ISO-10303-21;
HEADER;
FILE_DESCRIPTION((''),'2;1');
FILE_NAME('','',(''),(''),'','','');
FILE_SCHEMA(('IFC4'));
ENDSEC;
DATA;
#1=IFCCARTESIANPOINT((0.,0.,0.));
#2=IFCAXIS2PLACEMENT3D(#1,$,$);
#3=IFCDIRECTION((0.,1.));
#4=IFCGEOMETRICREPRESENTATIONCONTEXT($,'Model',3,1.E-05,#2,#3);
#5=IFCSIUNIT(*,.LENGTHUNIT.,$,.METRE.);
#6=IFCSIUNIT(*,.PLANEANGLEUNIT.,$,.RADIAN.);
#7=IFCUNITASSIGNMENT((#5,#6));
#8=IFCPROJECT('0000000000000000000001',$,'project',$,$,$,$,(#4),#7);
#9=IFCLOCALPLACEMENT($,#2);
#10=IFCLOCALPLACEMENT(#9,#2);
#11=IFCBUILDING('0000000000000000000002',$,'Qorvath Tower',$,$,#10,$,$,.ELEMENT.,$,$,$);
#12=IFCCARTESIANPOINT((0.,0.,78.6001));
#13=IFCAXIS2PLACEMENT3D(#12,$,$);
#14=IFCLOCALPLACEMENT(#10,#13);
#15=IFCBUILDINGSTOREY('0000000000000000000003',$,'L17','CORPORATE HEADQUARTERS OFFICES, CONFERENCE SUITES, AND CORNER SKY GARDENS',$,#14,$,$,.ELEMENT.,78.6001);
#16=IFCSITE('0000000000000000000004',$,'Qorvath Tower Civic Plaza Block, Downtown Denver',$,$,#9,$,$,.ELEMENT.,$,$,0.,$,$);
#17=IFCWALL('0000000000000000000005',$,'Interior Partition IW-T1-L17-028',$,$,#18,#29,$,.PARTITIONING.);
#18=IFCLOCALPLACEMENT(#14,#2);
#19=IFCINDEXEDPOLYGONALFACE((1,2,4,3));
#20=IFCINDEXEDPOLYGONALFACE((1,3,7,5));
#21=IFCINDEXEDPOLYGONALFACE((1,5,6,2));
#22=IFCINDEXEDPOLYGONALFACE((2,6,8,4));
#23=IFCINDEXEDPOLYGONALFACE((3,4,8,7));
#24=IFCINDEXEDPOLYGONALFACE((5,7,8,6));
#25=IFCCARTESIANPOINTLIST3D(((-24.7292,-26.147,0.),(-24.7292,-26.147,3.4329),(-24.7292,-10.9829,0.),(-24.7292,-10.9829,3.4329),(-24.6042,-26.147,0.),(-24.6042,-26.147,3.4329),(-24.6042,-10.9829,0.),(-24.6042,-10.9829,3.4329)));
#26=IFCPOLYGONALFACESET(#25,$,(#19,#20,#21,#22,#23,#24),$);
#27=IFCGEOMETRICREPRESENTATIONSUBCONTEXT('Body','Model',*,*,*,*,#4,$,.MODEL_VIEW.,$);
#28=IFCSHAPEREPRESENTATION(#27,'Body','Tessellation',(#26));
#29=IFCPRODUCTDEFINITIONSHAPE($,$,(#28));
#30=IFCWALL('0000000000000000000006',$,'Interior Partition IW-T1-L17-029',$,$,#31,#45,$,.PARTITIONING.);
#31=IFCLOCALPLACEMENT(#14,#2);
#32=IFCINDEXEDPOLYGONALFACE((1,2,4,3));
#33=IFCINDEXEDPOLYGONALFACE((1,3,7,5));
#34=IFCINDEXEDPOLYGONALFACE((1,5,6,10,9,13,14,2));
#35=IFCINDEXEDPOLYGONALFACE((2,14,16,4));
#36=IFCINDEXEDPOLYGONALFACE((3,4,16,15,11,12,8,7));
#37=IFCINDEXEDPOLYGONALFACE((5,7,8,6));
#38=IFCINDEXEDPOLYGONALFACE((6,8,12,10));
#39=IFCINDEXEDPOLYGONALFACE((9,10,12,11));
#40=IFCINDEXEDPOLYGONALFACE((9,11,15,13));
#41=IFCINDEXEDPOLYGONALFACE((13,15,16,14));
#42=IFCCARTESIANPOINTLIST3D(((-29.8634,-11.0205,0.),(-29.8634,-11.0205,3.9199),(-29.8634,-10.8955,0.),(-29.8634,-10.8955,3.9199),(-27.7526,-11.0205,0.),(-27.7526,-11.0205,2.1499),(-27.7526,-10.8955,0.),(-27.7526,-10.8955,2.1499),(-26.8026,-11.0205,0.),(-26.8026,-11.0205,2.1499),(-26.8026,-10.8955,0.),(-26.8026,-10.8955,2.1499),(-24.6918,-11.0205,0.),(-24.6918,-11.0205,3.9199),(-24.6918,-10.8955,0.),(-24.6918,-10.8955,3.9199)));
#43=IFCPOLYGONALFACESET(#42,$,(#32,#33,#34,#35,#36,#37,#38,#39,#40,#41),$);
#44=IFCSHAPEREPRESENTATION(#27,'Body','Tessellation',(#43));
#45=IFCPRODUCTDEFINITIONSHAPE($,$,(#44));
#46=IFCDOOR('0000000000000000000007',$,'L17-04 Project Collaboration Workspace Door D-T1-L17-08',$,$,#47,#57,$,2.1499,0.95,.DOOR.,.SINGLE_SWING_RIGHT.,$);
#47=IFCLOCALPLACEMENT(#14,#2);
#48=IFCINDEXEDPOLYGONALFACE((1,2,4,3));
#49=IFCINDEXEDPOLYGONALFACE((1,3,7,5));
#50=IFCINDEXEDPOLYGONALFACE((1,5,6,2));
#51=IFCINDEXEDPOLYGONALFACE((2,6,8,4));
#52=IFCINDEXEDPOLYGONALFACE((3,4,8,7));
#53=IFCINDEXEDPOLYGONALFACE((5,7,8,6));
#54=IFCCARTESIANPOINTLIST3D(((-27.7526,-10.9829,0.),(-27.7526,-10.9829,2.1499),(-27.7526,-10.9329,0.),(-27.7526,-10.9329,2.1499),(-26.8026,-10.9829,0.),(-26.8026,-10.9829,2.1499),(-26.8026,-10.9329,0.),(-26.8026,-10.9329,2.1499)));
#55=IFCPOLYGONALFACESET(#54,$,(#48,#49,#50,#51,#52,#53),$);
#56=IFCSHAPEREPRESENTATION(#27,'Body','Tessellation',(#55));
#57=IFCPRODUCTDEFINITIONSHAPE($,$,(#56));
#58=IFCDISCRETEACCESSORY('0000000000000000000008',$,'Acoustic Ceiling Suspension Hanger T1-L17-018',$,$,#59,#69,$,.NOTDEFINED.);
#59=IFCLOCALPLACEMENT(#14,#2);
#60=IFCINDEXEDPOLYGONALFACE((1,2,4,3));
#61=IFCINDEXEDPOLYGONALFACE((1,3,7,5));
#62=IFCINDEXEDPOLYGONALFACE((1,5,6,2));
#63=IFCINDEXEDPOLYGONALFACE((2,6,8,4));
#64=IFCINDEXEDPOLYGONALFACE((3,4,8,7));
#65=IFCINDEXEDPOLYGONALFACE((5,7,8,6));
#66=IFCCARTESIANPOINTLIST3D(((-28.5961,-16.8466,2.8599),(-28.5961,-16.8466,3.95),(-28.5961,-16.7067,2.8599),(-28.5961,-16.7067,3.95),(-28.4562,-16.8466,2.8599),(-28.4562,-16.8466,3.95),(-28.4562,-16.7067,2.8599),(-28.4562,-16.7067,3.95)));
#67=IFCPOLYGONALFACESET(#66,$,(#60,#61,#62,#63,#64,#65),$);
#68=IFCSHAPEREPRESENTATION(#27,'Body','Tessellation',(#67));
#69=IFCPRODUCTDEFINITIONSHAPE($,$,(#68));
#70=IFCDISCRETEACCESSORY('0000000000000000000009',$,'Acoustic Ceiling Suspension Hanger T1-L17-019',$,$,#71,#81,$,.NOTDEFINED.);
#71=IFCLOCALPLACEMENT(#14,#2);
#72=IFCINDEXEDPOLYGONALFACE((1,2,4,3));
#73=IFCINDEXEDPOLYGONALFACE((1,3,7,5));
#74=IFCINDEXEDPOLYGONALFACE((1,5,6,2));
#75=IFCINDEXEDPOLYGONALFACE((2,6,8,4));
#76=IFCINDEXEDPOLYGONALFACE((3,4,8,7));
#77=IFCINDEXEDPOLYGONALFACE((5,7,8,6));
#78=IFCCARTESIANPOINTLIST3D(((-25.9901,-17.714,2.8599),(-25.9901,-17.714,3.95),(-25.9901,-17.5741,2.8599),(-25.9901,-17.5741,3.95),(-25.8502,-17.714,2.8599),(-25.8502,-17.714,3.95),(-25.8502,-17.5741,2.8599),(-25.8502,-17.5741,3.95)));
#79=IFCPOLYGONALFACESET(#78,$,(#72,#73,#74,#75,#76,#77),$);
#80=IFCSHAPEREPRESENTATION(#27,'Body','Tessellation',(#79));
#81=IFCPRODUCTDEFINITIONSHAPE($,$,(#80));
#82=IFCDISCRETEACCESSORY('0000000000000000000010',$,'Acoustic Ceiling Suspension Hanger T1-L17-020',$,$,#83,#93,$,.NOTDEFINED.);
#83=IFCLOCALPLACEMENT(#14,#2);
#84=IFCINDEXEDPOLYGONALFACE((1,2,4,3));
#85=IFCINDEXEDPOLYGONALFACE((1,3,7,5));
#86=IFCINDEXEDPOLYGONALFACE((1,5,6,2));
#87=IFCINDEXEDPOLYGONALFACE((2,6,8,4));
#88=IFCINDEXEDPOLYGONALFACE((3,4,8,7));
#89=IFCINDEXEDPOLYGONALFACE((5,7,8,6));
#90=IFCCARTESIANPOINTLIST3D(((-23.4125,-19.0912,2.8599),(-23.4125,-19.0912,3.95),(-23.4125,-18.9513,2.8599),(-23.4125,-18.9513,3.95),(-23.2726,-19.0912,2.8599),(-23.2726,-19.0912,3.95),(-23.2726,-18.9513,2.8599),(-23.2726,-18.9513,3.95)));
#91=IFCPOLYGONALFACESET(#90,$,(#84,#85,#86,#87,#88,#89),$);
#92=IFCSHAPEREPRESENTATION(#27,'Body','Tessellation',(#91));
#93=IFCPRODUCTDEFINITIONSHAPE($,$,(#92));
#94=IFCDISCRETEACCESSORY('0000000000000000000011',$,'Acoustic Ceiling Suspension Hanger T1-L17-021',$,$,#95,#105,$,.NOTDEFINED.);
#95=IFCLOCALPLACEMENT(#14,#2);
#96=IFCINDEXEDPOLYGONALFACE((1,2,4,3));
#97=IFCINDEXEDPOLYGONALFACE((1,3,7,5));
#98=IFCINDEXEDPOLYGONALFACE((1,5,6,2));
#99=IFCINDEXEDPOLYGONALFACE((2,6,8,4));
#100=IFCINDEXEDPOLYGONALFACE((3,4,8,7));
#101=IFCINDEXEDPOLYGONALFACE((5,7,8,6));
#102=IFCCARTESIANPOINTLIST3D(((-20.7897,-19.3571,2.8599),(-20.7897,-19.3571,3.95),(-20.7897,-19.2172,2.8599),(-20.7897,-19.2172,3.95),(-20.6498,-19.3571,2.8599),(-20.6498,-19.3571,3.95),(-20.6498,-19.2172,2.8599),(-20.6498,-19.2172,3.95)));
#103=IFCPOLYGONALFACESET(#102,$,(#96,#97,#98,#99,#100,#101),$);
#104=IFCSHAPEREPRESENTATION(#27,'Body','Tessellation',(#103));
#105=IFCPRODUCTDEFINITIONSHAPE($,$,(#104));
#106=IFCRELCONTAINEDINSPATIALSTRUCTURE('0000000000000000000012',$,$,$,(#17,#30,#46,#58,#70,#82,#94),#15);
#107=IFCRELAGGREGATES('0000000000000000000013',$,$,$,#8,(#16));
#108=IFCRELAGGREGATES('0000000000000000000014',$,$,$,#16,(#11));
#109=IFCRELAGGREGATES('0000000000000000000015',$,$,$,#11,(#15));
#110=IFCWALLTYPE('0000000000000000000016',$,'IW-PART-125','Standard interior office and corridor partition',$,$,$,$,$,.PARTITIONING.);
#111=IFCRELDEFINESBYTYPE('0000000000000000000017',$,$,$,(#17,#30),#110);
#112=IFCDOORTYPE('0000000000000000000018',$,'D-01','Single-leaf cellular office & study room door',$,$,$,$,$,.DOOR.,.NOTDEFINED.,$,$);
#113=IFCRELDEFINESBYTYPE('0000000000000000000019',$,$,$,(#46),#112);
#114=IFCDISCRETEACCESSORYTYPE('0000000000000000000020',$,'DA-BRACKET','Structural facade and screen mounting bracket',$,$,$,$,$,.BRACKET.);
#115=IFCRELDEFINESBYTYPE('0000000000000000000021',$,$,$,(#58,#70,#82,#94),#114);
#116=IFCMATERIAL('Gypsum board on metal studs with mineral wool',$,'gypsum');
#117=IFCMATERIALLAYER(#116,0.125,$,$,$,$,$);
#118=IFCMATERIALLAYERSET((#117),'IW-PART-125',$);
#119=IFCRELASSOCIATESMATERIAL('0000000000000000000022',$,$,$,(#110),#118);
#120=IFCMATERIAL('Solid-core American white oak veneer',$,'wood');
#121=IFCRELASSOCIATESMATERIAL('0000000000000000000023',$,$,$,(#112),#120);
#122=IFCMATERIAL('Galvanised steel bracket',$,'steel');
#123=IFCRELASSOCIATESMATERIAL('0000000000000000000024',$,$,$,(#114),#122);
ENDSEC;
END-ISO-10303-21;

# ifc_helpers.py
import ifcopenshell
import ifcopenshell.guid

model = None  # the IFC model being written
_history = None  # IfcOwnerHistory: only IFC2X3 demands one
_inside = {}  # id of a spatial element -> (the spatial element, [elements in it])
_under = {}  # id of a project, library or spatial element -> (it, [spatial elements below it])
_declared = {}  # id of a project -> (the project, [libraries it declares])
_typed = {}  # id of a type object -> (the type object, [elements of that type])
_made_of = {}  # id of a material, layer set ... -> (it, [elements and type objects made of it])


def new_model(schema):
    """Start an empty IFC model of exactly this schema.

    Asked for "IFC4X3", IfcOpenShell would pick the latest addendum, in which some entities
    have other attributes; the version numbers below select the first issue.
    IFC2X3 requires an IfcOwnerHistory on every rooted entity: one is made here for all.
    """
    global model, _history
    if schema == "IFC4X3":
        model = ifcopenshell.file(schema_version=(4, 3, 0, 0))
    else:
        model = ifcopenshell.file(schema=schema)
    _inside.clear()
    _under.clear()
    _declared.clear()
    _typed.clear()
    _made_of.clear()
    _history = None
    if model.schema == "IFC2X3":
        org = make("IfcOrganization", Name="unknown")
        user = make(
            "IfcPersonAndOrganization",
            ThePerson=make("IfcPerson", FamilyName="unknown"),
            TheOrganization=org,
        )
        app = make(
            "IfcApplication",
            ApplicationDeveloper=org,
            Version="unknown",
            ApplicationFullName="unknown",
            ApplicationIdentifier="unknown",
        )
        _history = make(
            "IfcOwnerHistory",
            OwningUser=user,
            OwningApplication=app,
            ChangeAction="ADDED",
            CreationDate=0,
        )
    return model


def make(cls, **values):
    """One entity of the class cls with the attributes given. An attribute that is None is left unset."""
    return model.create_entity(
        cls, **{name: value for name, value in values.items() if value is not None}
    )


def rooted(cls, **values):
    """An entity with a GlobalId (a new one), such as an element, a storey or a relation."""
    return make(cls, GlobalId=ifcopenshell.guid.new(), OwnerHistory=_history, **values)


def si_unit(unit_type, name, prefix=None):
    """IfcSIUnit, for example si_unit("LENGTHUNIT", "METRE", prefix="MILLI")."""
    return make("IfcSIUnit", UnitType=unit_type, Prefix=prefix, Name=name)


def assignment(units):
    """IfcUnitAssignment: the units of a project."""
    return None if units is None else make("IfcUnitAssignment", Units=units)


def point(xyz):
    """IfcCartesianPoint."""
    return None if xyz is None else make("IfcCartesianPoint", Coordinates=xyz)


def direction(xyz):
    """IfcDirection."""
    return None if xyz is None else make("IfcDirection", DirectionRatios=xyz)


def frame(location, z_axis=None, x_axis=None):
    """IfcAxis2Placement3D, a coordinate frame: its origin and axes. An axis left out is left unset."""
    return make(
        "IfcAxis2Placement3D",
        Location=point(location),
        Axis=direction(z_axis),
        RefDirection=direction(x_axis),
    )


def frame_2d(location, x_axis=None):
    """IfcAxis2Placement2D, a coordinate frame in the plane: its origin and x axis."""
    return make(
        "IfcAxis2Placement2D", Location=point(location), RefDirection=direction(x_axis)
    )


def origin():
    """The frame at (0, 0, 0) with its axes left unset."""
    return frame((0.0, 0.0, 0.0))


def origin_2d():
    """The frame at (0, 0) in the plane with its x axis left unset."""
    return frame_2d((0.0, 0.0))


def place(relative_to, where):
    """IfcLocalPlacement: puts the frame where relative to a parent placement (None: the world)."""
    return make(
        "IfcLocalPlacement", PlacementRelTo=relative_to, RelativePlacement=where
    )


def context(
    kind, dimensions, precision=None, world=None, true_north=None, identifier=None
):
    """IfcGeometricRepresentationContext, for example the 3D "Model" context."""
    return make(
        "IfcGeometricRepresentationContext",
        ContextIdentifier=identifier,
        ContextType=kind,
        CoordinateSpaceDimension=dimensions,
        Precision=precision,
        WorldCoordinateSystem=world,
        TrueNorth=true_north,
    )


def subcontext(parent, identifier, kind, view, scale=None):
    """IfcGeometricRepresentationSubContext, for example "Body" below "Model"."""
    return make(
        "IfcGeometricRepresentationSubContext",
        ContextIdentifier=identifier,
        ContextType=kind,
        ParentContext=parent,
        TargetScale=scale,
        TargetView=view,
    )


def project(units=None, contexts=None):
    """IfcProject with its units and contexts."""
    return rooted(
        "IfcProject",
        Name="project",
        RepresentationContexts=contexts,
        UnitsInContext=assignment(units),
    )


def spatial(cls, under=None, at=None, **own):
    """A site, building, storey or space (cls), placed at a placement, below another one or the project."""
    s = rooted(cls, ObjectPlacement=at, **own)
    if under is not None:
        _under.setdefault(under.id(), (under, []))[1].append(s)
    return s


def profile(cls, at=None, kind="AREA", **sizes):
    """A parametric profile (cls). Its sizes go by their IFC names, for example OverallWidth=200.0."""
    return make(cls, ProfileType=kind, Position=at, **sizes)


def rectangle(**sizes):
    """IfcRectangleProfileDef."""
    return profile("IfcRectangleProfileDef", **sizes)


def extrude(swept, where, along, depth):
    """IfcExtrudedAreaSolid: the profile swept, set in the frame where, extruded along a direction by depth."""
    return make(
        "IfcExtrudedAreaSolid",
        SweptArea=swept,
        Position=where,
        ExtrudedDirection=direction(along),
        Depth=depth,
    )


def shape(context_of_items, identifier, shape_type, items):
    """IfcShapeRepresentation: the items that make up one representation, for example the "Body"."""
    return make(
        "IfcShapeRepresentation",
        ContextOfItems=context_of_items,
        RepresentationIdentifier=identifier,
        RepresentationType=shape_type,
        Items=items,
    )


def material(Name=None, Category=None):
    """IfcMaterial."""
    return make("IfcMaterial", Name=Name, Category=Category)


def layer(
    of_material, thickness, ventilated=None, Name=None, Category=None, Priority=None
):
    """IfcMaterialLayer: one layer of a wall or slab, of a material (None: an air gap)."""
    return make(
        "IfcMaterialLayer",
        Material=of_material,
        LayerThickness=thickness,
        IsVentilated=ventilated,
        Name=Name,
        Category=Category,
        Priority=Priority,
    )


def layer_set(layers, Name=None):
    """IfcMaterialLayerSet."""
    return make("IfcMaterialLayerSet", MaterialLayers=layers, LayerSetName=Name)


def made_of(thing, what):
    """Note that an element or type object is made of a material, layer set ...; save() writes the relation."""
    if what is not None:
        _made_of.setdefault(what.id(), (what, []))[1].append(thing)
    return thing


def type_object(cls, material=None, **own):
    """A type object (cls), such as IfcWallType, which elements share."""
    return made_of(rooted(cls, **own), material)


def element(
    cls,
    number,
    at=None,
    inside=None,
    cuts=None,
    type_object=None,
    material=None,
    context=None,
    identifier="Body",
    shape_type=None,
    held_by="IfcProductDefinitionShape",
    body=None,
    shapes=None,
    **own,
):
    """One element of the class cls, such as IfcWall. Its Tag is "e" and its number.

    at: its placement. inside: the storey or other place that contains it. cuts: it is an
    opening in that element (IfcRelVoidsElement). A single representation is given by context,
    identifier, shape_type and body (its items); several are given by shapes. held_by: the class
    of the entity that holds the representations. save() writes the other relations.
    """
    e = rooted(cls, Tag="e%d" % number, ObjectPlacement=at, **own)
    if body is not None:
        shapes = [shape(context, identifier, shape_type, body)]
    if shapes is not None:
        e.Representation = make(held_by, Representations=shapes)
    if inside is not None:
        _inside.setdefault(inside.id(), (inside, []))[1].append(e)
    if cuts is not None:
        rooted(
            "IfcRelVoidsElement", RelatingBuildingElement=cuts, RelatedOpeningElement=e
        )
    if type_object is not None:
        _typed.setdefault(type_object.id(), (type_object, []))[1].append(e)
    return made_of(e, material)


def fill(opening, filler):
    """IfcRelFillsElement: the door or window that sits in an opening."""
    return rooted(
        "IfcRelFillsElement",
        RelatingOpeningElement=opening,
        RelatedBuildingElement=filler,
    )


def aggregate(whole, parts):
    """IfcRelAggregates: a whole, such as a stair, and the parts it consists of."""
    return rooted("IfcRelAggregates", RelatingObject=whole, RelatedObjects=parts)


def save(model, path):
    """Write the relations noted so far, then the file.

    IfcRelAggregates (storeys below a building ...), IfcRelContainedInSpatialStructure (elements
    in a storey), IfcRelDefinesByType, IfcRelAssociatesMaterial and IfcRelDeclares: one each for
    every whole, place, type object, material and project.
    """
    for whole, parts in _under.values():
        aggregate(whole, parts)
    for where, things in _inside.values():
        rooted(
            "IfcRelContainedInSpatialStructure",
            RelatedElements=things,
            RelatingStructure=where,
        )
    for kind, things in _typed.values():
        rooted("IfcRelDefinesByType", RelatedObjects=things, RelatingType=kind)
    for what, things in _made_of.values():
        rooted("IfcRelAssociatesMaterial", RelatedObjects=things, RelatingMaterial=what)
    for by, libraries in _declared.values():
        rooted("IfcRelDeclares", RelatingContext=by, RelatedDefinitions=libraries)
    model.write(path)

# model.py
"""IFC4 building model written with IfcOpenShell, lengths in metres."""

from ifc_helpers import new_model, si_unit, direction, frame, frame_2d, origin, origin_2d, place, context, subcontext, project, spatial, rectangle, extrude, material, layer, layer_set, type_object, element, fill, save


model = new_model("IFC4")

# Units and contexts
model_context = context("Model", 3, precision=1e-05, world=origin(), true_north=direction((0.0, 1.0)))
body_context = subcontext(model_context, "Body", "Model", "MODEL_VIEW")
ifc_project = project(units=[si_unit("LENGTHUNIT", "METRE"), si_unit("PLANEANGLEUNIT", "RADIAN")], contexts=[model_context])

# Site, building, storey
site_placement = place(None, origin())
site = spatial("IfcSite", under=ifc_project, at=site_placement, Name="Qorvath Tower Civic Plaza Block, Downtown Denver", CompositionType="ELEMENT", RefElevation=0.0)
building_placement = place(site_placement, origin())
building = spatial("IfcBuilding", under=site, at=building_placement, Name="Qorvath Tower", CompositionType="ELEMENT")
storey_placement = place(building_placement, frame((0.0, 0.0, 78.6001)))
storey = spatial("IfcBuildingStorey", under=building, at=storey_placement, Name="L17", Description="CORPORATE HEADQUARTERS OFFICES, CONFERENCE SUITES, AND CORNER SKY GARDENS", CompositionType="ELEMENT", Elevation=78.6001)

# Wall
ifc_material_1 = material(Name="Gypsum board on metal studs with mineral wool", Category="gypsum")
ifc_layer_1 = layer(ifc_material_1, 0.125)
ifc_layer_set_1 = layer_set([ifc_layer_1], Name="IW-PART-125")
wall_type_1 = type_object("IfcWallType", Name="IW-PART-125", Description="Standard interior office and corridor partition", PredefinedType="PARTITIONING", material=ifc_layer_set_1)
wall_1_placement = place(storey_placement, frame((-24.6667, -26.147, 0.0), z_axis=(0.0, 0.0, 1.0), x_axis=(0.0, 1.0, 0.0)))
element("IfcWall", 1, at=wall_1_placement, inside=storey, type_object=wall_type_1, Name="Interior Partition IW-T1-L17-028", PredefinedType="PARTITIONING", context=body_context, shape_type="SweptSolid", body=[
    extrude(rectangle(XDim=15.1641, YDim=0.125, at=frame_2d((7.582, 0.0))), origin(), (0.0, 0.0, 1.0), 3.4329),
])

# Wall, opening, door
wall_2_placement = place(storey_placement, frame((-24.6917, -10.958, 0.0), z_axis=(0.0, 0.0, 1.0), x_axis=(-1.0, 0.0, 0.0)))
wall_2 = element("IfcWall", 2, at=wall_2_placement, inside=storey, type_object=wall_type_1, Name="Interior Partition IW-T1-L17-029", PredefinedType="PARTITIONING", context=body_context, shape_type="SweptSolid", body=[
    extrude(rectangle(XDim=5.1716, YDim=0.125, at=frame_2d((2.5859, 0.0))), origin(), (0.0, 0.0, 1.0), 3.9199),
])
opening_1_placement = place(wall_2_placement, frame((2.1108, 0.0, 0.0)))
opening_1 = element("IfcOpeningElement", 3, at=opening_1_placement, cuts=wall_2, PredefinedType="OPENING", context=body_context, shape_type="SweptSolid", body=[
    extrude(rectangle(XDim=0.95, YDim=2.1499, at=frame_2d((0.4751, 1.075))), frame((0.0, 0.0725, 0.0), z_axis=(0.0, -1.0, 0.0), x_axis=(1.0, 0.0, 0.0)), (0.0, 0.0, 1.0), 0.145),
])
ifc_material_2 = material(Name="Solid-core American white oak veneer", Category="wood")
door_type_1 = type_object("IfcDoorType", Name="D-01", Description="Single-leaf cellular office & study room door", OperationType="NOTDEFINED", PredefinedType="DOOR", material=ifc_material_2)
door_1_placement = place(opening_1_placement, origin())
door_1 = element("IfcDoor", 4, at=door_1_placement, inside=storey, type_object=door_type_1, Name="L17-04 Project Collaboration Workspace Door D-T1-L17-08", OperationType="SINGLE_SWING_RIGHT", OverallHeight=2.1499, OverallWidth=0.95, PredefinedType="DOOR", context=body_context, shape_type="SweptSolid", body=[
    extrude(rectangle(XDim=0.95, YDim=2.1499, at=frame_2d((0.4751, 1.075))), frame((0.0, 0.0249, 0.0), z_axis=(0.0, -1.0, 0.0), x_axis=(1.0, 0.0, 0.0)), (0.0, 0.0, 1.0), 0.05),
])
fill(opening_1, door_1)

# Discrete accessories
ifc_material_3 = material(Name="Galvanised steel bracket", Category="steel")
discrete_accessory_type = type_object("IfcDiscreteAccessoryType", Name="DA-BRACKET", Description="Structural facade and screen mounting bracket", PredefinedType="BRACKET", material=ifc_material_3)
for number, where, z_axis, x_axis, name in (
    (5, (-28.5261, -16.7766, 2.8599), (0.0, 0.0, 1.0), (1.0, 0.0, 0.0), "Acoustic Ceiling Suspension Hanger T1-L17-018"),
    (6, (-25.9202, -17.644, 2.8599), (0.0, 0.0, 1.0), (1.0, 0.0, 0.0), "Acoustic Ceiling Suspension Hanger T1-L17-019"),
    (7, (-23.3425, -19.0212, 2.8599), (0.0, 0.0, 1.0), (1.0, 0.0, 0.0), "Acoustic Ceiling Suspension Hanger T1-L17-020"),
    (8, (-20.7197, -19.2871, 2.8599), (0.0, 0.0, 1.0), (1.0, 0.0, 0.0), "Acoustic Ceiling Suspension Hanger T1-L17-021"),
):
    element("IfcDiscreteAccessory", number, at=place(storey_placement, frame(where, z_axis=z_axis, x_axis=x_axis)), inside=storey, type_object=discrete_accessory_type, Name=name, PredefinedType="NOTDEFINED", context=body_context, shape_type="SweptSolid", body=[
        extrude(rectangle(XDim=0.1399, YDim=0.1399, at=origin_2d()), origin(), (0.0, 0.0, 1.0), 1.0901),
    ])

save(model, "model.ifc")
